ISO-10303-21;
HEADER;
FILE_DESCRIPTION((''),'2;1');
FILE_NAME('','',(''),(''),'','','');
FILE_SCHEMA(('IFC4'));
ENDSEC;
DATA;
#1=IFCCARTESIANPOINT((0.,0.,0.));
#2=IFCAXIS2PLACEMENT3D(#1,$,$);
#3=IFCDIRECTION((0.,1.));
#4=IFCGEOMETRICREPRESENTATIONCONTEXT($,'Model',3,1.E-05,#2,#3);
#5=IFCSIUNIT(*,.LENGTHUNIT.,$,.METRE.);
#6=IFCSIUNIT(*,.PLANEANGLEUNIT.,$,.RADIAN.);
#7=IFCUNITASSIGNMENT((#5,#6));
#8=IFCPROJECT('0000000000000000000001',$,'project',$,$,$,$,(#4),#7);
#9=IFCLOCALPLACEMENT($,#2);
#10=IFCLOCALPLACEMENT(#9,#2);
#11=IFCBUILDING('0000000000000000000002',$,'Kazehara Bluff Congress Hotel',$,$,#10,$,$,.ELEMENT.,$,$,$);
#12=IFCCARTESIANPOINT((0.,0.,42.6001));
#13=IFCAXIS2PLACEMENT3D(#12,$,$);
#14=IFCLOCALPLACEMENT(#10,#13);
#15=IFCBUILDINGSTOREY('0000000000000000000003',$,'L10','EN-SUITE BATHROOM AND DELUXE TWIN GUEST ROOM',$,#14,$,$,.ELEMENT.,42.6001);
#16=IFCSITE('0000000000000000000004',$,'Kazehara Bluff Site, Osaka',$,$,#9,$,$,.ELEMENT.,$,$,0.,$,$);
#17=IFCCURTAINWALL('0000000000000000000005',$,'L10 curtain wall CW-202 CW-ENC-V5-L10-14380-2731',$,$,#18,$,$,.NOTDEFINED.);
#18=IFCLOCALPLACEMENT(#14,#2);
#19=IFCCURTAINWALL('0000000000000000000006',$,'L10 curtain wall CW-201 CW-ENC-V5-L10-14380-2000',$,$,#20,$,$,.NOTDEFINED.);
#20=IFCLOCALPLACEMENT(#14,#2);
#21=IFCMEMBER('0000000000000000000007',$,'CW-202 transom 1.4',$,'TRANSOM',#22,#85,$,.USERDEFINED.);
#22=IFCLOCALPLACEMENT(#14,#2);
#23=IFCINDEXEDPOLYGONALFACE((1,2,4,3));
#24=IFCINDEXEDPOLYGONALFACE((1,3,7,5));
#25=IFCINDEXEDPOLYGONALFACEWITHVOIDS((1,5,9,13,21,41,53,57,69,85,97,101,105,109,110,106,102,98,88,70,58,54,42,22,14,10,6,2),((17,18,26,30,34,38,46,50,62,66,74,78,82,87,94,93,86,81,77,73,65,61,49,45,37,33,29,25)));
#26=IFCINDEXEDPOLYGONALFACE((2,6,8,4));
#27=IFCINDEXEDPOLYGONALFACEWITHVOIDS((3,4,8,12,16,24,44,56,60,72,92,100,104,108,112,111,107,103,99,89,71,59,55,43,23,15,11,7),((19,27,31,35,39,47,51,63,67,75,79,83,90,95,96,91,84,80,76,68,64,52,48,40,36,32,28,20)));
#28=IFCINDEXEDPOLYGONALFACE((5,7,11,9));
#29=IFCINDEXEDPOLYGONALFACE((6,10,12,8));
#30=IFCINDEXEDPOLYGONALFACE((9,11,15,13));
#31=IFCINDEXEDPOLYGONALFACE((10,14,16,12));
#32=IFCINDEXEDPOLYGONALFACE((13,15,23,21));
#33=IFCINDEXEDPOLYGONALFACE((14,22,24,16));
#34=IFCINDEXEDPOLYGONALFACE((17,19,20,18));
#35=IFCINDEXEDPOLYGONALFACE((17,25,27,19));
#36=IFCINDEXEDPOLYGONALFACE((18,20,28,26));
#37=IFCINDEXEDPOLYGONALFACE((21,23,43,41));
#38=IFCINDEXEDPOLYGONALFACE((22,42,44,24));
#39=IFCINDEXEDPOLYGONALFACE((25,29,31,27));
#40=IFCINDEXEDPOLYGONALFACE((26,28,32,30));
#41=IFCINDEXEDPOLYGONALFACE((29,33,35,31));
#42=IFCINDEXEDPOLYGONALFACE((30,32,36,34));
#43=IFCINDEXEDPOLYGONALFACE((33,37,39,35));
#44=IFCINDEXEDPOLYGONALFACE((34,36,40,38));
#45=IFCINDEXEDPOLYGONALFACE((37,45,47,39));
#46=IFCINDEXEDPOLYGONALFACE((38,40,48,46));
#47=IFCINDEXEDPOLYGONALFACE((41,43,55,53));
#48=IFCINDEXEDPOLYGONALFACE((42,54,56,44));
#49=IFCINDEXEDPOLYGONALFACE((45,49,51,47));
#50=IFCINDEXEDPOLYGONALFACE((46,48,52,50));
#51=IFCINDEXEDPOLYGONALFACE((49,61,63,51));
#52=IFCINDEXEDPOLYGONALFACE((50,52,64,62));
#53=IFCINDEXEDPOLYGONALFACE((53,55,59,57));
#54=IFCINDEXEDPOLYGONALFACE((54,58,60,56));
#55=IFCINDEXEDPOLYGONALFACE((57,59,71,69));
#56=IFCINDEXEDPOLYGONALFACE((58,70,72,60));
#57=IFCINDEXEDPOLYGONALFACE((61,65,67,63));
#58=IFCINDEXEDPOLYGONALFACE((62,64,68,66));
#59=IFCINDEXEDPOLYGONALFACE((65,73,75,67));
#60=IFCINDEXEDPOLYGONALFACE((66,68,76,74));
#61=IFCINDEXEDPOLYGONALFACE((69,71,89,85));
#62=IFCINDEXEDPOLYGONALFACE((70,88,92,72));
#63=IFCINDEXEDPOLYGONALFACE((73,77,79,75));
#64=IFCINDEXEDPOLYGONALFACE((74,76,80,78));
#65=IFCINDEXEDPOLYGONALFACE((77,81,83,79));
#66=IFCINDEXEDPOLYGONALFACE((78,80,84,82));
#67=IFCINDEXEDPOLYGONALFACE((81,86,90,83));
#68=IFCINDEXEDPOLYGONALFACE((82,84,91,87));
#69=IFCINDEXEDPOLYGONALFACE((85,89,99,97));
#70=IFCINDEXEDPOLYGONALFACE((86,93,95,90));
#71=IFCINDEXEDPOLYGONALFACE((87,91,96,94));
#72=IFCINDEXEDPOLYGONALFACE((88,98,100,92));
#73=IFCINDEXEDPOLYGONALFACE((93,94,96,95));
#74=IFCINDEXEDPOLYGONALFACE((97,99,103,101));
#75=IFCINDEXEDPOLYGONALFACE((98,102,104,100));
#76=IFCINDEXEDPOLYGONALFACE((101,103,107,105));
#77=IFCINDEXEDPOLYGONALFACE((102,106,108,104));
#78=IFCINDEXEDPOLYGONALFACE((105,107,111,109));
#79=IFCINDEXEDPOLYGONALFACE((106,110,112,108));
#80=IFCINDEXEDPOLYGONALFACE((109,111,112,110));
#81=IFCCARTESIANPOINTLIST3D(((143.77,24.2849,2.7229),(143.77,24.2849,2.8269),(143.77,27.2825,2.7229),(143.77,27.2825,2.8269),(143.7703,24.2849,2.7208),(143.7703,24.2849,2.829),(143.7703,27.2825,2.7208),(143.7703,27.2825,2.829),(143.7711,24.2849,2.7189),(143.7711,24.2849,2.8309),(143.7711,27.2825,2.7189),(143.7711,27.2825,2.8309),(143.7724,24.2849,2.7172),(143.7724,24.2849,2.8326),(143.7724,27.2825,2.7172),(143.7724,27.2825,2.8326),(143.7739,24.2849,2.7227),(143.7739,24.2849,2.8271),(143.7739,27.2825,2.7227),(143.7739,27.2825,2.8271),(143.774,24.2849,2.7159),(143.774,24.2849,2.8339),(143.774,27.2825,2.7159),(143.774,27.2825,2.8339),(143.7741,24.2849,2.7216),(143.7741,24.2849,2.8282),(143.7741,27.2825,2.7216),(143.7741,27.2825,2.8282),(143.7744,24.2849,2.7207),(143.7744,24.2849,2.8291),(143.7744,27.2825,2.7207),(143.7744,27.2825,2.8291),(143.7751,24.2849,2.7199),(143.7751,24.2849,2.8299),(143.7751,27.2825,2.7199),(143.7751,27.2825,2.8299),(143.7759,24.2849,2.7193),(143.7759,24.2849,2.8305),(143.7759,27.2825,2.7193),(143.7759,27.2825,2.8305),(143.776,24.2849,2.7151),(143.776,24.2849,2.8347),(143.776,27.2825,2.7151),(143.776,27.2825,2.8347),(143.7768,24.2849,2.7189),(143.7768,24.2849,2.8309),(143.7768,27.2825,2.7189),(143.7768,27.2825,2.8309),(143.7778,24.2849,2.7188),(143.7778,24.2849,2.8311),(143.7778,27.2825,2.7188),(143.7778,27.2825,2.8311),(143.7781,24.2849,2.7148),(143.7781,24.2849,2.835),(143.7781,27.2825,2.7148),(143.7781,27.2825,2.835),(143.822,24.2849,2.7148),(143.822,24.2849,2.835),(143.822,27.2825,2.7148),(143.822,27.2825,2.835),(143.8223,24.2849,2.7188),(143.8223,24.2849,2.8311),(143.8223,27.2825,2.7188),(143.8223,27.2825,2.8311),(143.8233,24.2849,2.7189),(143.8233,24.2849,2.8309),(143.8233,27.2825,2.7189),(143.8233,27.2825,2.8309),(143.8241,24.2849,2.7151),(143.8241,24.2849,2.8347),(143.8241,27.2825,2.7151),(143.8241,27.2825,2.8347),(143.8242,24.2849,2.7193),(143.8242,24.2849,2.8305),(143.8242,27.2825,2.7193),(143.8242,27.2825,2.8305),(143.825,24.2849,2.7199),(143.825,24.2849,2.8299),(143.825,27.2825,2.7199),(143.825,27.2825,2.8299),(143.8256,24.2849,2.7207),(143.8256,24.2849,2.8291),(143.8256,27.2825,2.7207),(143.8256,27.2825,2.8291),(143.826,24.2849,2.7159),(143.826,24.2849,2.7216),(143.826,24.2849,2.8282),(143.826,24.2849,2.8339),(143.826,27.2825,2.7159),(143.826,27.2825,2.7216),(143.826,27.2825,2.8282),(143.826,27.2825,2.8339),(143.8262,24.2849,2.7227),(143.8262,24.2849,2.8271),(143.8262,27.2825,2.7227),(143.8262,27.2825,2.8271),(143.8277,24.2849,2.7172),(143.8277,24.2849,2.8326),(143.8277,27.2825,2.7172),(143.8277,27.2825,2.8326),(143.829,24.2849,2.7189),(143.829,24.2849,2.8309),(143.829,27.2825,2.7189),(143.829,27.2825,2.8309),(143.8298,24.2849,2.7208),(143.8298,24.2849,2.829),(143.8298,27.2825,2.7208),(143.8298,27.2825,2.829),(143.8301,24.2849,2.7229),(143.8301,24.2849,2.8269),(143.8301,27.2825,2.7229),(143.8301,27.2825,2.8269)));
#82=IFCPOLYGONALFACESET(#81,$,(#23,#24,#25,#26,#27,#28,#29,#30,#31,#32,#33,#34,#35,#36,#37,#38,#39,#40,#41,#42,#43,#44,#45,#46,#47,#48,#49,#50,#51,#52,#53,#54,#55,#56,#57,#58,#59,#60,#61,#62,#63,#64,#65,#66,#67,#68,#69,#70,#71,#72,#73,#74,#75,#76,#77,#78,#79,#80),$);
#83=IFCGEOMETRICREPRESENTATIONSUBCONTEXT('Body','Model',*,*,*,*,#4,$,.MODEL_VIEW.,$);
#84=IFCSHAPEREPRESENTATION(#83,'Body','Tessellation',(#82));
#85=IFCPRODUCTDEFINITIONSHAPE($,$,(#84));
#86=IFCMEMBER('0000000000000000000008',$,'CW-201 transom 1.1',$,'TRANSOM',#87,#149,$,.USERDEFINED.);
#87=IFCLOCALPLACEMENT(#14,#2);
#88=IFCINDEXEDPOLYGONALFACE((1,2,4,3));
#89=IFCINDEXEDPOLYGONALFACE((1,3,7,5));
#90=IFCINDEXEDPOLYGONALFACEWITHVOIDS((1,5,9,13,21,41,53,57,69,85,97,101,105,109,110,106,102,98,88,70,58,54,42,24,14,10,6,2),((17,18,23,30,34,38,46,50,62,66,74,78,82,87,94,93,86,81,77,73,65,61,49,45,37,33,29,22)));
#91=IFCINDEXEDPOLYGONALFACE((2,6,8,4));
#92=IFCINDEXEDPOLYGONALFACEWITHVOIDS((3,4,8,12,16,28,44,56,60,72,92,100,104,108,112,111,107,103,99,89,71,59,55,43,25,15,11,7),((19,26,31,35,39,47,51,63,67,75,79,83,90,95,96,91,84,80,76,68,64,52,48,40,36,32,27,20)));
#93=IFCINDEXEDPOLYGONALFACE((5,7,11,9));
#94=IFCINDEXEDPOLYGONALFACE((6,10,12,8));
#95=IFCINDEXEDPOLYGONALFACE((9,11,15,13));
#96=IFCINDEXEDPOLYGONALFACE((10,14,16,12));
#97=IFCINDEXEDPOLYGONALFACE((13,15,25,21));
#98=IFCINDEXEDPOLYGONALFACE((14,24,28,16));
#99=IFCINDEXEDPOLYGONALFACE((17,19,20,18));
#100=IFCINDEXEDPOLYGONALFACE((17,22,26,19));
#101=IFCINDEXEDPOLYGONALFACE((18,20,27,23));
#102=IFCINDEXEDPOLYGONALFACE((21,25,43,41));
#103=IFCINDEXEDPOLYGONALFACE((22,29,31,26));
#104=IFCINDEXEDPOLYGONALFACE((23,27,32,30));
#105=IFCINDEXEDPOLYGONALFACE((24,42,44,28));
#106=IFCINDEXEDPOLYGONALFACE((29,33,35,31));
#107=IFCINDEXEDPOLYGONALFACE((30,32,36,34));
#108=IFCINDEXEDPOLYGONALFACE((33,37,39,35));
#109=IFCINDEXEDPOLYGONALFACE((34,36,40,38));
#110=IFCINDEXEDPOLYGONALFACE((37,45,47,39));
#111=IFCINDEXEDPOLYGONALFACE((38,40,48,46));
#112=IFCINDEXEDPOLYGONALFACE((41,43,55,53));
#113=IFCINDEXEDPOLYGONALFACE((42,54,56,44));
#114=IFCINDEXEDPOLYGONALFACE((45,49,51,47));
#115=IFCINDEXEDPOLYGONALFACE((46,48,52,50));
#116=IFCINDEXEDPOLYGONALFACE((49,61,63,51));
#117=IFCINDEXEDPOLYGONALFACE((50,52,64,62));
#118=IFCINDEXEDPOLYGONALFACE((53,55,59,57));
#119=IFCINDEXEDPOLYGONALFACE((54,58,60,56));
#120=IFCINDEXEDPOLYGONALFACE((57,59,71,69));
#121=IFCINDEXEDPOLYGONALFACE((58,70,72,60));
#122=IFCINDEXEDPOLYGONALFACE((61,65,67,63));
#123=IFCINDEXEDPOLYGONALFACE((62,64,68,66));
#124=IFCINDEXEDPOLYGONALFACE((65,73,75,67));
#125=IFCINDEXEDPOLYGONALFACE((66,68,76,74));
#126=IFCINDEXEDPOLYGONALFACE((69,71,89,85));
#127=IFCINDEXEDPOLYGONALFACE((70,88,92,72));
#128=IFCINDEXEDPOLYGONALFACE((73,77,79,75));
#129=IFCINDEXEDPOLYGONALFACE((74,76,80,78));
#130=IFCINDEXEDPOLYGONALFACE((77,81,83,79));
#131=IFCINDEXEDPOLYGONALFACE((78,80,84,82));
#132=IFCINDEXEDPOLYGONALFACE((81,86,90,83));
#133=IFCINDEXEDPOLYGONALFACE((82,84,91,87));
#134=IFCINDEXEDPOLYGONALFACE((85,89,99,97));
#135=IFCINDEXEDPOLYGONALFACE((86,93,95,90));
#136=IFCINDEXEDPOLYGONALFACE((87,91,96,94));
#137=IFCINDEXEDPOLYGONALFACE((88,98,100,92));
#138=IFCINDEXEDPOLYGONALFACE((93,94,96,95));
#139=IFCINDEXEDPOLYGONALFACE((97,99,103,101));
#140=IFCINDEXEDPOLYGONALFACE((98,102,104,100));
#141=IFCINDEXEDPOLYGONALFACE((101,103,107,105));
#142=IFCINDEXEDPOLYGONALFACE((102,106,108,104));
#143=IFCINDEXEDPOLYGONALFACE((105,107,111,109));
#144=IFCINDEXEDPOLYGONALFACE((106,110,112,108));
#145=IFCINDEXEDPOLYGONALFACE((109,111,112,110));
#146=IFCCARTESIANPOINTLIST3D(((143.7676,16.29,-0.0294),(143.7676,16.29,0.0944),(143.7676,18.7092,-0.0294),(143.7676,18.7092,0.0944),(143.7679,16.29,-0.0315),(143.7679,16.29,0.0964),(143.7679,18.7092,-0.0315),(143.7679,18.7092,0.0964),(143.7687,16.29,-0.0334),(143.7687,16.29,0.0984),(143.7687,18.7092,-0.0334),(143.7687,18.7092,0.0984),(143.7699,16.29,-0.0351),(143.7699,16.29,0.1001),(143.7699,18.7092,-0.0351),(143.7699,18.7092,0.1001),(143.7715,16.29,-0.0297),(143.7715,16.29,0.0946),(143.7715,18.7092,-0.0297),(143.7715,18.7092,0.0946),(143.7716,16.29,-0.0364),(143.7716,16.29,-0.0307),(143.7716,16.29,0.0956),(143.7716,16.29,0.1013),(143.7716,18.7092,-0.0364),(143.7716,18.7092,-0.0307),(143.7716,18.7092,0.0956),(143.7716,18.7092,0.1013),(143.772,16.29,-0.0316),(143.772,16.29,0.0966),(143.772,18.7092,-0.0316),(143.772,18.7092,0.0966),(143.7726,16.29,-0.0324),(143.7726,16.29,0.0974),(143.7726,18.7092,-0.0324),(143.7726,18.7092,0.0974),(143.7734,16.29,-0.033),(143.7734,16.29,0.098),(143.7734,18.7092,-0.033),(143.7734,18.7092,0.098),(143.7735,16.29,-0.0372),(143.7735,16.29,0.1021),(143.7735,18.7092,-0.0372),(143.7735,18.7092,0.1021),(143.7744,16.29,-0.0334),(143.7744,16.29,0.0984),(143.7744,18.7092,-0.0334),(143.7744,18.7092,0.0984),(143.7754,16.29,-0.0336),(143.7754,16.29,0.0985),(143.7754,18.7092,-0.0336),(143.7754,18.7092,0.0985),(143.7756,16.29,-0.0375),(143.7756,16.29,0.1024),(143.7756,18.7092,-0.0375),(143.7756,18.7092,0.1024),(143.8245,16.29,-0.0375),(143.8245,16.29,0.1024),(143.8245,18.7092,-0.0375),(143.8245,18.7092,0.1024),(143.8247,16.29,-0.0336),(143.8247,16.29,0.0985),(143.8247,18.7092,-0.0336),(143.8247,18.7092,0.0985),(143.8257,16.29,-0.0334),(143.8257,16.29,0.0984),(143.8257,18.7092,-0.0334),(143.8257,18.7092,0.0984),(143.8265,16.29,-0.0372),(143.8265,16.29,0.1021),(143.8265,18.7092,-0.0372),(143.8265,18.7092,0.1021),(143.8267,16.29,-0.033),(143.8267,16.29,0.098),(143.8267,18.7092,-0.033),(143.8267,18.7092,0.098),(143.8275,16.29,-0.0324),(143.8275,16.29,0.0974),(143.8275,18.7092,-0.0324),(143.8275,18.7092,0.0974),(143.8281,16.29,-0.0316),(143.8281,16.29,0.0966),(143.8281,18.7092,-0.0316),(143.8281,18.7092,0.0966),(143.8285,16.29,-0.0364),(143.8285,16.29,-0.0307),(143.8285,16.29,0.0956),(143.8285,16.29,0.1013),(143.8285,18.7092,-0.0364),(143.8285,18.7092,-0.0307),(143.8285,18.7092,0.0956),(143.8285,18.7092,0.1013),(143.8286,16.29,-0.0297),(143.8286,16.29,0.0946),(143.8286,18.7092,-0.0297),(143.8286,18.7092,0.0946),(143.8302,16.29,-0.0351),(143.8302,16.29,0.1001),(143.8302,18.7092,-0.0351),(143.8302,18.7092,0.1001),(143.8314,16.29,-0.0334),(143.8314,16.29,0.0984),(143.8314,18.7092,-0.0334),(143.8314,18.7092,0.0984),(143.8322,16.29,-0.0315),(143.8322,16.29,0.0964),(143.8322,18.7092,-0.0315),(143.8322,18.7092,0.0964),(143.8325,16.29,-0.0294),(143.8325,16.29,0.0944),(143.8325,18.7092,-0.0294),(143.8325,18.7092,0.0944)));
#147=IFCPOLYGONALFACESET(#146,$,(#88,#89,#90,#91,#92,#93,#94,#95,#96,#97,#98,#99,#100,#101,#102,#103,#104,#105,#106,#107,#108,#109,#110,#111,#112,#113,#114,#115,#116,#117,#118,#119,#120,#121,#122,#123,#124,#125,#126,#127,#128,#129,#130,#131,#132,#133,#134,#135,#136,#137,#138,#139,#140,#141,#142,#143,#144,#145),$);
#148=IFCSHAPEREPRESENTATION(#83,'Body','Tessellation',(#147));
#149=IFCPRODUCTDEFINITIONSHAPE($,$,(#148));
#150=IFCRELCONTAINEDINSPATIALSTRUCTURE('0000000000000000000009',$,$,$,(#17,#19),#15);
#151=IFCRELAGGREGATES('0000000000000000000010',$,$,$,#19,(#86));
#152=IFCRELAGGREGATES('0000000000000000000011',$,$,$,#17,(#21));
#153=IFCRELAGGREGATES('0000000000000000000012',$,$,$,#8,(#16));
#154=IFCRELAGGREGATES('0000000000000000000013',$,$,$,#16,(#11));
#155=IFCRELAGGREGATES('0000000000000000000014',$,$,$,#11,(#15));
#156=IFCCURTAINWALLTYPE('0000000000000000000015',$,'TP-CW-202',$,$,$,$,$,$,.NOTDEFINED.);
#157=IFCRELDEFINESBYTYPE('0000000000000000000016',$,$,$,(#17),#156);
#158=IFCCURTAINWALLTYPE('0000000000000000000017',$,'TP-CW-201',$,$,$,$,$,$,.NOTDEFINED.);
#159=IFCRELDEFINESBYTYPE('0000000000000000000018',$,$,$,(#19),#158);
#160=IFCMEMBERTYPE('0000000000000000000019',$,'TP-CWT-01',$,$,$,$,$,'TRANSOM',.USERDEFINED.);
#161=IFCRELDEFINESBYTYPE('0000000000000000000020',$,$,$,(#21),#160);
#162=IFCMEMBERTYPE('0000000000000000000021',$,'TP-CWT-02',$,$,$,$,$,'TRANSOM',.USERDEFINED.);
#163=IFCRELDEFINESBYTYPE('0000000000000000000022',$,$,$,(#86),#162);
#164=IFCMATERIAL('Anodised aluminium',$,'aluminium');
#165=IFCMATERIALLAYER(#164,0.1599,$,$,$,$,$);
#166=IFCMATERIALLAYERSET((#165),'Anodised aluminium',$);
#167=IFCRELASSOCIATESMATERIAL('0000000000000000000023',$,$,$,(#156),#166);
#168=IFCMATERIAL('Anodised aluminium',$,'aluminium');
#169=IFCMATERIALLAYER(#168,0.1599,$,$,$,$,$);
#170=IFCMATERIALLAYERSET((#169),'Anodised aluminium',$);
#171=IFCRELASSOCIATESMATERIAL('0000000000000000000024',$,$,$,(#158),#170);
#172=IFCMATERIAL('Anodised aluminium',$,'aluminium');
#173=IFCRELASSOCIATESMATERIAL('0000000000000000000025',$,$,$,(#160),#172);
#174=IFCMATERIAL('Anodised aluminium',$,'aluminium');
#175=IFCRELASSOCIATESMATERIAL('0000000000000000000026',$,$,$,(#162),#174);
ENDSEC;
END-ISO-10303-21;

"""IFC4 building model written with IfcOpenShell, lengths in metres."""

from ifc_helpers import new_model, si_unit, direction, frame, origin, origin_2d, place, context, subcontext, project, spatial, hollow_rectangle, extrude, material, layer, layer_set, material_profile, profile_set, type_object, element, aggregate, save


model = new_model("IFC4")

# Units and contexts
model_context = context("Model", 3, precision=1e-05, world=origin(), true_north=direction((0.0, 1.0)))
body_context = subcontext(model_context, "Body", "Model", "MODEL_VIEW")
ifc_project = project(units=[si_unit("LENGTHUNIT", "METRE"), si_unit("PLANEANGLEUNIT", "RADIAN")], contexts=[model_context])

# Site, building, storey
site_placement = place(None, origin())
site = spatial("IfcSite", under=ifc_project, at=site_placement, Name="Kazehara Bluff Site, Osaka", CompositionType="ELEMENT", RefElevation=0.0)
building_placement = place(site_placement, origin())
building = spatial("IfcBuilding", under=site, at=building_placement, Name="Kazehara Bluff Congress Hotel", CompositionType="ELEMENT")
storey_placement = place(building_placement, frame((0.0, 0.0, 42.6001)))
storey = spatial("IfcBuildingStorey", under=building, at=storey_placement, Name="L10", Description="EN-SUITE BATHROOM AND DELUXE TWIN GUEST ROOM", CompositionType="ELEMENT", Elevation=42.6001)

# Curtain walls
ifc_material_1 = material(Name="Anodised aluminium", Category="aluminium")
ifc_layer_1 = layer(ifc_material_1, 0.1599)
ifc_layer_set_1 = layer_set([ifc_layer_1], Name="Anodised aluminium")
curtain_wall_type_1 = type_object("IfcCurtainWallType", Name="TP-CW-202", PredefinedType="NOTDEFINED", material=ifc_layer_set_1)
curtain_wall_1_placement = place(storey_placement, origin())
curtain_wall_1 = element("IfcCurtainWall", 1, at=curtain_wall_1_placement, inside=storey, type_object=curtain_wall_type_1, Name="L10 curtain wall CW-202 CW-ENC-V5-L10-14380-2731", PredefinedType="NOTDEFINED")
ifc_material_2 = material(Name="Anodised aluminium", Category="aluminium")
ifc_layer_2 = layer(ifc_material_2, 0.1599)
ifc_layer_set_2 = layer_set([ifc_layer_2], Name="Anodised aluminium")
curtain_wall_type_2 = type_object("IfcCurtainWallType", Name="TP-CW-201", PredefinedType="NOTDEFINED", material=ifc_layer_set_2)
curtain_wall_2_placement = place(storey_placement, origin())
curtain_wall_2 = element("IfcCurtainWall", 2, at=curtain_wall_2_placement, inside=storey, type_object=curtain_wall_type_2, Name="L10 curtain wall CW-201 CW-ENC-V5-L10-14380-2000", PredefinedType="NOTDEFINED")

# Members
ifc_material_3 = material(Name="Anodised aluminium", Category="aluminium")
ifc_material_profile_1 = material_profile(ifc_material_3, hollow_rectangle(XDim=0.0601, YDim=0.1201, WallThickness=0.0039, InnerFilletRadius=0.0039, OuterFilletRadius=0.0081, at=origin_2d()))
ifc_profile_set_1 = profile_set([ifc_material_profile_1], Name="Anodised aluminium")
member_type_1 = type_object("IfcMemberType", Name="TP-CWT-01", ElementType="TRANSOM", PredefinedType="USERDEFINED", material=ifc_profile_set_1)
member_1_placement = place(storey_placement, frame((143.8, 24.2849, 2.7749), z_axis=(0.0, 1.0, 0.0), x_axis=(-1.0, 0.0, 0.0)))
member_1 = element("IfcMember", 3, at=member_1_placement, type_object=member_type_1, Name="CW-202 transom 1.4", ObjectType="TRANSOM", PredefinedType="USERDEFINED", context=body_context, shape_type="SweptSolid", body=[
    extrude(hollow_rectangle(XDim=0.0601, YDim=0.1201, WallThickness=0.0039, InnerFilletRadius=0.0039, OuterFilletRadius=0.0081, at=origin_2d()), origin(), (0.0, 0.0, 1.0), 2.9976),
])
ifc_material_4 = material(Name="Anodised aluminium", Category="aluminium")
ifc_material_profile_2 = material_profile(ifc_material_4, hollow_rectangle(XDim=0.0649, YDim=0.1399, WallThickness=0.0039, InnerFilletRadius=0.0039, OuterFilletRadius=0.0081, at=origin_2d()))
ifc_profile_set_2 = profile_set([ifc_material_profile_2], Name="Anodised aluminium")
member_type_2 = type_object("IfcMemberType", Name="TP-CWT-02", ElementType="TRANSOM", PredefinedType="USERDEFINED", material=ifc_profile_set_2)
member_2_placement = place(storey_placement, frame((143.8, 16.29, 0.0325), z_axis=(0.0, 1.0, 0.0), x_axis=(-1.0, 0.0, 0.0)))
member_2 = element("IfcMember", 4, at=member_2_placement, type_object=member_type_2, Name="CW-201 transom 1.1", ObjectType="TRANSOM", PredefinedType="USERDEFINED", context=body_context, shape_type="SweptSolid", body=[
    extrude(hollow_rectangle(XDim=0.0649, YDim=0.1399, WallThickness=0.0039, InnerFilletRadius=0.0039, OuterFilletRadius=0.0081, at=origin_2d()), origin(), (0.0, 0.0, 1.0), 2.4192),
])

aggregate(curtain_wall_2, [member_2])
aggregate(curtain_wall_1, [member_1])

save(model, "model.ifc")
